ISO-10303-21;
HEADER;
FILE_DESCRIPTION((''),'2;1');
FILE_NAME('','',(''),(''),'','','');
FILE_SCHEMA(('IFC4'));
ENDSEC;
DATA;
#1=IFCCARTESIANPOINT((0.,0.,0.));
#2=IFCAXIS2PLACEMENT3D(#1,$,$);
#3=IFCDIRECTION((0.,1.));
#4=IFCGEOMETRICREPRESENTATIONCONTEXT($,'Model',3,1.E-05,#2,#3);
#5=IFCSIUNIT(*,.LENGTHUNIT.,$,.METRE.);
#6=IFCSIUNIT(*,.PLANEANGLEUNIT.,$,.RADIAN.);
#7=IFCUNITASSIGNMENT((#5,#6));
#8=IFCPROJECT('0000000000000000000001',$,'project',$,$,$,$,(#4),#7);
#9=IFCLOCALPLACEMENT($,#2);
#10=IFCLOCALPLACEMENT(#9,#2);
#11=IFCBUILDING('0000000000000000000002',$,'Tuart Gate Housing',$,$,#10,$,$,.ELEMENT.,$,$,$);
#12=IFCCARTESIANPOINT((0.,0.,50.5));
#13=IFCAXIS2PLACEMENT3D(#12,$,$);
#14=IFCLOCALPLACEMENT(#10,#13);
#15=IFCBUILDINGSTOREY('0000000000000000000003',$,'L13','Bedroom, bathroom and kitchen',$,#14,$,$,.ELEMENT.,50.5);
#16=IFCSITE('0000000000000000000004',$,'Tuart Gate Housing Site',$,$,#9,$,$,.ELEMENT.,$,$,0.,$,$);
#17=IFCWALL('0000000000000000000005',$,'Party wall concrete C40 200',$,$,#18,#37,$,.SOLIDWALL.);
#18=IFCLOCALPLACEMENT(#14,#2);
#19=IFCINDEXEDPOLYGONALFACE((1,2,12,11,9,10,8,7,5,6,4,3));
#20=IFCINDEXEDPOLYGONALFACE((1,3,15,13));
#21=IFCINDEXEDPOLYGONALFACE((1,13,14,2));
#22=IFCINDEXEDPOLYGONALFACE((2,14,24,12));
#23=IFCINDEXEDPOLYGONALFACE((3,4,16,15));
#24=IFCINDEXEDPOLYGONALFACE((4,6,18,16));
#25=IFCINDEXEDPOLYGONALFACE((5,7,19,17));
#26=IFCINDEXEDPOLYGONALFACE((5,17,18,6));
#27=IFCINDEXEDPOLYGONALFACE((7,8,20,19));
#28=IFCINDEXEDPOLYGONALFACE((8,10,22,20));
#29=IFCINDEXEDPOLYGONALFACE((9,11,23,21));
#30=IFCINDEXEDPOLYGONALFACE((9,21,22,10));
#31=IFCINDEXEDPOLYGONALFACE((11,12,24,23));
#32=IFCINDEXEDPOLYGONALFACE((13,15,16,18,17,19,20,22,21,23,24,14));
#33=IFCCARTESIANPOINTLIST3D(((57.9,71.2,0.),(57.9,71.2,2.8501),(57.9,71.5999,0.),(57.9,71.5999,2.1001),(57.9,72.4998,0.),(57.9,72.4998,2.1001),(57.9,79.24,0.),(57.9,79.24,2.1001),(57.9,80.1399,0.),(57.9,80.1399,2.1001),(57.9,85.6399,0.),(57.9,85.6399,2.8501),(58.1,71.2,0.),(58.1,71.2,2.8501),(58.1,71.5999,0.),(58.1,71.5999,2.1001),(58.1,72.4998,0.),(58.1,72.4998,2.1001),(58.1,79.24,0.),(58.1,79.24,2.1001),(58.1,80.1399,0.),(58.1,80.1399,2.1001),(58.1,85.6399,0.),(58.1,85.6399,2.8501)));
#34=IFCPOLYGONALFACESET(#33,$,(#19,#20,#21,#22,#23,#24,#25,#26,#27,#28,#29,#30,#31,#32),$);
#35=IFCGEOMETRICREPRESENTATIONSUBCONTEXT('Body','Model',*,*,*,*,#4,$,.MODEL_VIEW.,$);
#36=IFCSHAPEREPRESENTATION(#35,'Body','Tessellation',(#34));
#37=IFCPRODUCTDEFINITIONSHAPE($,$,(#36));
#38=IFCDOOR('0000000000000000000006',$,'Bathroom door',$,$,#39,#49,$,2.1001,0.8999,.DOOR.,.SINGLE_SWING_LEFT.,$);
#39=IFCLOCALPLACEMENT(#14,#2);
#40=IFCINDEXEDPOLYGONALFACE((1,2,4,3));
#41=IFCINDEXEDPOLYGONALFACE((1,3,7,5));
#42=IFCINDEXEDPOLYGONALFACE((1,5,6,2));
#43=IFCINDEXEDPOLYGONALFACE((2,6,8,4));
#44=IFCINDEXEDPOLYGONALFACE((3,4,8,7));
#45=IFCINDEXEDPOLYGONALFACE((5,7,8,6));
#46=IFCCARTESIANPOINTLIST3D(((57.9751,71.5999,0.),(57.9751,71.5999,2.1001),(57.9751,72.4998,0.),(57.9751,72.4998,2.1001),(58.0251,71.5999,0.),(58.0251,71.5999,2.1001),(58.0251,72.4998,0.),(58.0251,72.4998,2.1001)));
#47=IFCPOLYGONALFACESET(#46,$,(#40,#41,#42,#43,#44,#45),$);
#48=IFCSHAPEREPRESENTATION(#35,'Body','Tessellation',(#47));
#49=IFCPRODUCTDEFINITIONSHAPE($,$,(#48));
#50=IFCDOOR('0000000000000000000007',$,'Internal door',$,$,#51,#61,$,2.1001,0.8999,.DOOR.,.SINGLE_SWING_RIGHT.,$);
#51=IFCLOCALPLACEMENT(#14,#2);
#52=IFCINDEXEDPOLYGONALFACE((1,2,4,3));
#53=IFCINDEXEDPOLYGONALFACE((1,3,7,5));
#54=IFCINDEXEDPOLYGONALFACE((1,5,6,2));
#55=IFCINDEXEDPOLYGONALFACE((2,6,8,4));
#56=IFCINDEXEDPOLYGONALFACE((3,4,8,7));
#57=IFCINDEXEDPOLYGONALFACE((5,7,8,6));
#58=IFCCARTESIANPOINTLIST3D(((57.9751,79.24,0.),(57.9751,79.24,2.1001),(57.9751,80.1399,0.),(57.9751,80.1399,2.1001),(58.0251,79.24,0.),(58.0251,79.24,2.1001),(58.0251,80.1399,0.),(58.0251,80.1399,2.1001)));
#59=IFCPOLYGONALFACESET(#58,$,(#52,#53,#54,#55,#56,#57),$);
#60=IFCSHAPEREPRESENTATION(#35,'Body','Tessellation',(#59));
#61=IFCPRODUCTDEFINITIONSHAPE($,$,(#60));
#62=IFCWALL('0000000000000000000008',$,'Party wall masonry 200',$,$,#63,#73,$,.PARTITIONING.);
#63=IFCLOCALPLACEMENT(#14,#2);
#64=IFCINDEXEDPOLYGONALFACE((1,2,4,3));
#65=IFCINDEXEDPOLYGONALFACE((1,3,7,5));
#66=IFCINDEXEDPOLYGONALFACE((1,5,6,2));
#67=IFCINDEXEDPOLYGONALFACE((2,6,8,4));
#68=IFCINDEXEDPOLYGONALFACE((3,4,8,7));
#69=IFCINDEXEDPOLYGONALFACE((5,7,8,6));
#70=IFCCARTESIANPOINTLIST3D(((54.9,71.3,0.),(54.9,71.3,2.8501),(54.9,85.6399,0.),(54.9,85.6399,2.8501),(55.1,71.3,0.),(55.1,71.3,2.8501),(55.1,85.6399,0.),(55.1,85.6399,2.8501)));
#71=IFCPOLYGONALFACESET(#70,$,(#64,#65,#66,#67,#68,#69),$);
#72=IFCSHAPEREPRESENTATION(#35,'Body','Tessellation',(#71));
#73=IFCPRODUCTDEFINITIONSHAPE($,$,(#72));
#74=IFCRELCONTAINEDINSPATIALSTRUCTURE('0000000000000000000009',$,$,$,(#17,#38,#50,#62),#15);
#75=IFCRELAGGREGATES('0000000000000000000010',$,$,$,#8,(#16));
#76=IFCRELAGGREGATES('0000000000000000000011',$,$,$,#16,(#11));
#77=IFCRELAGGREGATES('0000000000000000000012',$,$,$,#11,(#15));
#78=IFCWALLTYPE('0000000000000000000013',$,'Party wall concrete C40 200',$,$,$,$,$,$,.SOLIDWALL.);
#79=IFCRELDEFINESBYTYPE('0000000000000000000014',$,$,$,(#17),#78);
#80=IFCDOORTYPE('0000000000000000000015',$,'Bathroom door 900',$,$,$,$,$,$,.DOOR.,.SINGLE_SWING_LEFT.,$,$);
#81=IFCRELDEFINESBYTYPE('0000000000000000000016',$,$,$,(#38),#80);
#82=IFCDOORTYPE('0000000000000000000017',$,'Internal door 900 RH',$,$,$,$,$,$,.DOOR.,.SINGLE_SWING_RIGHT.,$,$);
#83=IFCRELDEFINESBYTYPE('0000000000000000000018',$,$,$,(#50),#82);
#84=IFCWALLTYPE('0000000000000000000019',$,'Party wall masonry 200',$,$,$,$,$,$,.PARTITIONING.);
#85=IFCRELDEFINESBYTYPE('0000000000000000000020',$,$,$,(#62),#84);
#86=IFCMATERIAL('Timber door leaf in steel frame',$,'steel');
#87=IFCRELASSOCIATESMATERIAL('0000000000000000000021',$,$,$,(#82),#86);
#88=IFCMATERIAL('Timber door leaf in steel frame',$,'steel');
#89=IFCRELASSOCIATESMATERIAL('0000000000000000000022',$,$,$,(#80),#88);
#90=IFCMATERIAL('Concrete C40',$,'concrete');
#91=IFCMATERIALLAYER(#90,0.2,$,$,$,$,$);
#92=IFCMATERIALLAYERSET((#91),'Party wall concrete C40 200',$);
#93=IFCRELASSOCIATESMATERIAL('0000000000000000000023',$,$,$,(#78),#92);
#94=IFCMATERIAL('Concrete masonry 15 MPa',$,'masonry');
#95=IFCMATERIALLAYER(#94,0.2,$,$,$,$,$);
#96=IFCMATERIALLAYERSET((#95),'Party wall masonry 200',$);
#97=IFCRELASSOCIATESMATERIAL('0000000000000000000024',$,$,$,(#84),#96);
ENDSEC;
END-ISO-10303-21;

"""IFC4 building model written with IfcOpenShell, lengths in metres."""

from ifc_helpers import new_model, si_unit, direction, frame, frame_2d, origin, place, context, subcontext, project, spatial, rectangle, extrude, material, layer, layer_set, type_object, element, fill, save


model = new_model("IFC4")

# Units and contexts
model_context = context("Model", 3, precision=1e-05, world=origin(), true_north=direction((0.0, 1.0)))
body_context = subcontext(model_context, "Body", "Model", "MODEL_VIEW")
ifc_project = project(units=[si_unit("LENGTHUNIT", "METRE"), si_unit("PLANEANGLEUNIT", "RADIAN")], contexts=[model_context])

# Site, building, storey
site_placement = place(None, origin())
site = spatial("IfcSite", under=ifc_project, at=site_placement, Name="Tuart Gate Housing Site", CompositionType="ELEMENT", RefElevation=0.0)
building_placement = place(site_placement, origin())
building = spatial("IfcBuilding", under=site, at=building_placement, Name="Tuart Gate Housing", CompositionType="ELEMENT")
storey_placement = place(building_placement, frame((0.0, 0.0, 50.5)))
storey = spatial("IfcBuildingStorey", under=building, at=storey_placement, Name="L13", Description="Bedroom, bathroom and kitchen", CompositionType="ELEMENT", Elevation=50.5)

# Shared definitions
ifc_material_1 = material(Name="Timber door leaf in steel frame", Category="steel")
door_type_1 = type_object("IfcDoorType", Name="Internal door 900 RH", OperationType="SINGLE_SWING_RIGHT", PredefinedType="DOOR", material=ifc_material_1)

# Shared definitions
ifc_material_2 = material(Name="Timber door leaf in steel frame", Category="steel")
door_type_2 = type_object("IfcDoorType", Name="Bathroom door 900", OperationType="SINGLE_SWING_LEFT", PredefinedType="DOOR", material=ifc_material_2)

# Shared definitions
ifc_material_3 = material(Name="Concrete C40", Category="concrete")
ifc_layer_1 = layer(ifc_material_3, 0.2)
ifc_layer_set_1 = layer_set([ifc_layer_1], Name="Party wall concrete C40 200")
wall_type_1 = type_object("IfcWallType", Name="Party wall concrete C40 200", PredefinedType="SOLIDWALL", material=ifc_layer_set_1)

# Wall, openings, doors
wall_1_placement = place(storey_placement, frame((58.0, 71.2, 0.0), z_axis=(0.0, 0.0, 1.0), x_axis=(0.0, 1.0, 0.0)))
wall_1 = element("IfcWall", 1, at=wall_1_placement, inside=storey, type_object=wall_type_1, Name="Party wall concrete C40 200", PredefinedType="SOLIDWALL", context=body_context, shape_type="SweptSolid", body=[
    extrude(rectangle(XDim=14.4399, YDim=0.2, at=frame_2d((7.22, 0.0))), origin(), (0.0, 0.0, 1.0), 2.8501),
])
opening_1_placement = place(wall_1_placement, frame((8.04, 0.0, 0.0)))
opening_1 = element("IfcOpeningElement", 2, at=opening_1_placement, cuts=wall_1, PredefinedType="OPENING", context=body_context, shape_type="SweptSolid", body=[
    extrude(rectangle(XDim=0.8999, YDim=2.1001, at=frame_2d((0.45, 1.05))), frame((0.0, 0.1099, 0.0), z_axis=(0.0, -1.0, 0.0), x_axis=(1.0, 0.0, 0.0)), (0.0, 0.0, 1.0), 0.22),
])
opening_2_placement = place(wall_1_placement, frame((0.3999, 0.0, 0.0)))
opening_2 = element("IfcOpeningElement", 3, at=opening_2_placement, cuts=wall_1, PredefinedType="OPENING", context=body_context, shape_type="SweptSolid", body=[
    extrude(rectangle(XDim=0.8999, YDim=2.1001, at=frame_2d((0.45, 1.05))), frame((0.0, 0.1099, 0.0), z_axis=(0.0, -1.0, 0.0), x_axis=(1.0, 0.0, 0.0)), (0.0, 0.0, 1.0), 0.22),
])
door_1_placement = place(opening_2_placement, origin())
door_1 = element("IfcDoor", 4, at=door_1_placement, inside=storey, type_object=door_type_2, Name="Bathroom door", OperationType="SINGLE_SWING_LEFT", OverallHeight=2.1001, OverallWidth=0.8999, PredefinedType="DOOR", context=body_context, shape_type="SweptSolid", body=[
    extrude(rectangle(XDim=0.8999, YDim=2.1001, at=frame_2d((0.45, 1.05))), frame((0.0, 0.0249, 0.0), z_axis=(0.0, -1.0, 0.0), x_axis=(1.0, 0.0, 0.0)), (0.0, 0.0, 1.0), 0.05),
])
fill(opening_2, door_1)
door_2_placement = place(opening_1_placement, origin())
door_2 = element("IfcDoor", 5, at=door_2_placement, inside=storey, type_object=door_type_1, Name="Internal door", OperationType="SINGLE_SWING_RIGHT", OverallHeight=2.1001, OverallWidth=0.8999, PredefinedType="DOOR", context=body_context, shape_type="SweptSolid", body=[
    extrude(rectangle(XDim=0.8999, YDim=2.1001, at=frame_2d((0.45, 1.05))), frame((0.0, 0.0249, 0.0), z_axis=(0.0, -1.0, 0.0), x_axis=(1.0, 0.0, 0.0)), (0.0, 0.0, 1.0), 0.05),
])
fill(opening_1, door_2)

# Wall
ifc_material_4 = material(Name="Concrete masonry 15 MPa", Category="masonry")
ifc_layer_2 = layer(ifc_material_4, 0.2)
ifc_layer_set_2 = layer_set([ifc_layer_2], Name="Party wall masonry 200")
wall_type_2 = type_object("IfcWallType", Name="Party wall masonry 200", PredefinedType="PARTITIONING", material=ifc_layer_set_2)
wall_2_placement = place(storey_placement, frame((55.0, 71.3, 0.0), z_axis=(0.0, 0.0, 1.0), x_axis=(0.0, 1.0, 0.0)))
element("IfcWall", 6, at=wall_2_placement, inside=storey, type_object=wall_type_2, Name="Party wall masonry 200", PredefinedType="PARTITIONING", context=body_context, shape_type="SweptSolid", body=[
    extrude(rectangle(XDim=14.3398, YDim=0.2, at=frame_2d((7.1699, 0.0))), origin(), (0.0, 0.0, 1.0), 2.8501),
])

save(model, "model.ifc")
